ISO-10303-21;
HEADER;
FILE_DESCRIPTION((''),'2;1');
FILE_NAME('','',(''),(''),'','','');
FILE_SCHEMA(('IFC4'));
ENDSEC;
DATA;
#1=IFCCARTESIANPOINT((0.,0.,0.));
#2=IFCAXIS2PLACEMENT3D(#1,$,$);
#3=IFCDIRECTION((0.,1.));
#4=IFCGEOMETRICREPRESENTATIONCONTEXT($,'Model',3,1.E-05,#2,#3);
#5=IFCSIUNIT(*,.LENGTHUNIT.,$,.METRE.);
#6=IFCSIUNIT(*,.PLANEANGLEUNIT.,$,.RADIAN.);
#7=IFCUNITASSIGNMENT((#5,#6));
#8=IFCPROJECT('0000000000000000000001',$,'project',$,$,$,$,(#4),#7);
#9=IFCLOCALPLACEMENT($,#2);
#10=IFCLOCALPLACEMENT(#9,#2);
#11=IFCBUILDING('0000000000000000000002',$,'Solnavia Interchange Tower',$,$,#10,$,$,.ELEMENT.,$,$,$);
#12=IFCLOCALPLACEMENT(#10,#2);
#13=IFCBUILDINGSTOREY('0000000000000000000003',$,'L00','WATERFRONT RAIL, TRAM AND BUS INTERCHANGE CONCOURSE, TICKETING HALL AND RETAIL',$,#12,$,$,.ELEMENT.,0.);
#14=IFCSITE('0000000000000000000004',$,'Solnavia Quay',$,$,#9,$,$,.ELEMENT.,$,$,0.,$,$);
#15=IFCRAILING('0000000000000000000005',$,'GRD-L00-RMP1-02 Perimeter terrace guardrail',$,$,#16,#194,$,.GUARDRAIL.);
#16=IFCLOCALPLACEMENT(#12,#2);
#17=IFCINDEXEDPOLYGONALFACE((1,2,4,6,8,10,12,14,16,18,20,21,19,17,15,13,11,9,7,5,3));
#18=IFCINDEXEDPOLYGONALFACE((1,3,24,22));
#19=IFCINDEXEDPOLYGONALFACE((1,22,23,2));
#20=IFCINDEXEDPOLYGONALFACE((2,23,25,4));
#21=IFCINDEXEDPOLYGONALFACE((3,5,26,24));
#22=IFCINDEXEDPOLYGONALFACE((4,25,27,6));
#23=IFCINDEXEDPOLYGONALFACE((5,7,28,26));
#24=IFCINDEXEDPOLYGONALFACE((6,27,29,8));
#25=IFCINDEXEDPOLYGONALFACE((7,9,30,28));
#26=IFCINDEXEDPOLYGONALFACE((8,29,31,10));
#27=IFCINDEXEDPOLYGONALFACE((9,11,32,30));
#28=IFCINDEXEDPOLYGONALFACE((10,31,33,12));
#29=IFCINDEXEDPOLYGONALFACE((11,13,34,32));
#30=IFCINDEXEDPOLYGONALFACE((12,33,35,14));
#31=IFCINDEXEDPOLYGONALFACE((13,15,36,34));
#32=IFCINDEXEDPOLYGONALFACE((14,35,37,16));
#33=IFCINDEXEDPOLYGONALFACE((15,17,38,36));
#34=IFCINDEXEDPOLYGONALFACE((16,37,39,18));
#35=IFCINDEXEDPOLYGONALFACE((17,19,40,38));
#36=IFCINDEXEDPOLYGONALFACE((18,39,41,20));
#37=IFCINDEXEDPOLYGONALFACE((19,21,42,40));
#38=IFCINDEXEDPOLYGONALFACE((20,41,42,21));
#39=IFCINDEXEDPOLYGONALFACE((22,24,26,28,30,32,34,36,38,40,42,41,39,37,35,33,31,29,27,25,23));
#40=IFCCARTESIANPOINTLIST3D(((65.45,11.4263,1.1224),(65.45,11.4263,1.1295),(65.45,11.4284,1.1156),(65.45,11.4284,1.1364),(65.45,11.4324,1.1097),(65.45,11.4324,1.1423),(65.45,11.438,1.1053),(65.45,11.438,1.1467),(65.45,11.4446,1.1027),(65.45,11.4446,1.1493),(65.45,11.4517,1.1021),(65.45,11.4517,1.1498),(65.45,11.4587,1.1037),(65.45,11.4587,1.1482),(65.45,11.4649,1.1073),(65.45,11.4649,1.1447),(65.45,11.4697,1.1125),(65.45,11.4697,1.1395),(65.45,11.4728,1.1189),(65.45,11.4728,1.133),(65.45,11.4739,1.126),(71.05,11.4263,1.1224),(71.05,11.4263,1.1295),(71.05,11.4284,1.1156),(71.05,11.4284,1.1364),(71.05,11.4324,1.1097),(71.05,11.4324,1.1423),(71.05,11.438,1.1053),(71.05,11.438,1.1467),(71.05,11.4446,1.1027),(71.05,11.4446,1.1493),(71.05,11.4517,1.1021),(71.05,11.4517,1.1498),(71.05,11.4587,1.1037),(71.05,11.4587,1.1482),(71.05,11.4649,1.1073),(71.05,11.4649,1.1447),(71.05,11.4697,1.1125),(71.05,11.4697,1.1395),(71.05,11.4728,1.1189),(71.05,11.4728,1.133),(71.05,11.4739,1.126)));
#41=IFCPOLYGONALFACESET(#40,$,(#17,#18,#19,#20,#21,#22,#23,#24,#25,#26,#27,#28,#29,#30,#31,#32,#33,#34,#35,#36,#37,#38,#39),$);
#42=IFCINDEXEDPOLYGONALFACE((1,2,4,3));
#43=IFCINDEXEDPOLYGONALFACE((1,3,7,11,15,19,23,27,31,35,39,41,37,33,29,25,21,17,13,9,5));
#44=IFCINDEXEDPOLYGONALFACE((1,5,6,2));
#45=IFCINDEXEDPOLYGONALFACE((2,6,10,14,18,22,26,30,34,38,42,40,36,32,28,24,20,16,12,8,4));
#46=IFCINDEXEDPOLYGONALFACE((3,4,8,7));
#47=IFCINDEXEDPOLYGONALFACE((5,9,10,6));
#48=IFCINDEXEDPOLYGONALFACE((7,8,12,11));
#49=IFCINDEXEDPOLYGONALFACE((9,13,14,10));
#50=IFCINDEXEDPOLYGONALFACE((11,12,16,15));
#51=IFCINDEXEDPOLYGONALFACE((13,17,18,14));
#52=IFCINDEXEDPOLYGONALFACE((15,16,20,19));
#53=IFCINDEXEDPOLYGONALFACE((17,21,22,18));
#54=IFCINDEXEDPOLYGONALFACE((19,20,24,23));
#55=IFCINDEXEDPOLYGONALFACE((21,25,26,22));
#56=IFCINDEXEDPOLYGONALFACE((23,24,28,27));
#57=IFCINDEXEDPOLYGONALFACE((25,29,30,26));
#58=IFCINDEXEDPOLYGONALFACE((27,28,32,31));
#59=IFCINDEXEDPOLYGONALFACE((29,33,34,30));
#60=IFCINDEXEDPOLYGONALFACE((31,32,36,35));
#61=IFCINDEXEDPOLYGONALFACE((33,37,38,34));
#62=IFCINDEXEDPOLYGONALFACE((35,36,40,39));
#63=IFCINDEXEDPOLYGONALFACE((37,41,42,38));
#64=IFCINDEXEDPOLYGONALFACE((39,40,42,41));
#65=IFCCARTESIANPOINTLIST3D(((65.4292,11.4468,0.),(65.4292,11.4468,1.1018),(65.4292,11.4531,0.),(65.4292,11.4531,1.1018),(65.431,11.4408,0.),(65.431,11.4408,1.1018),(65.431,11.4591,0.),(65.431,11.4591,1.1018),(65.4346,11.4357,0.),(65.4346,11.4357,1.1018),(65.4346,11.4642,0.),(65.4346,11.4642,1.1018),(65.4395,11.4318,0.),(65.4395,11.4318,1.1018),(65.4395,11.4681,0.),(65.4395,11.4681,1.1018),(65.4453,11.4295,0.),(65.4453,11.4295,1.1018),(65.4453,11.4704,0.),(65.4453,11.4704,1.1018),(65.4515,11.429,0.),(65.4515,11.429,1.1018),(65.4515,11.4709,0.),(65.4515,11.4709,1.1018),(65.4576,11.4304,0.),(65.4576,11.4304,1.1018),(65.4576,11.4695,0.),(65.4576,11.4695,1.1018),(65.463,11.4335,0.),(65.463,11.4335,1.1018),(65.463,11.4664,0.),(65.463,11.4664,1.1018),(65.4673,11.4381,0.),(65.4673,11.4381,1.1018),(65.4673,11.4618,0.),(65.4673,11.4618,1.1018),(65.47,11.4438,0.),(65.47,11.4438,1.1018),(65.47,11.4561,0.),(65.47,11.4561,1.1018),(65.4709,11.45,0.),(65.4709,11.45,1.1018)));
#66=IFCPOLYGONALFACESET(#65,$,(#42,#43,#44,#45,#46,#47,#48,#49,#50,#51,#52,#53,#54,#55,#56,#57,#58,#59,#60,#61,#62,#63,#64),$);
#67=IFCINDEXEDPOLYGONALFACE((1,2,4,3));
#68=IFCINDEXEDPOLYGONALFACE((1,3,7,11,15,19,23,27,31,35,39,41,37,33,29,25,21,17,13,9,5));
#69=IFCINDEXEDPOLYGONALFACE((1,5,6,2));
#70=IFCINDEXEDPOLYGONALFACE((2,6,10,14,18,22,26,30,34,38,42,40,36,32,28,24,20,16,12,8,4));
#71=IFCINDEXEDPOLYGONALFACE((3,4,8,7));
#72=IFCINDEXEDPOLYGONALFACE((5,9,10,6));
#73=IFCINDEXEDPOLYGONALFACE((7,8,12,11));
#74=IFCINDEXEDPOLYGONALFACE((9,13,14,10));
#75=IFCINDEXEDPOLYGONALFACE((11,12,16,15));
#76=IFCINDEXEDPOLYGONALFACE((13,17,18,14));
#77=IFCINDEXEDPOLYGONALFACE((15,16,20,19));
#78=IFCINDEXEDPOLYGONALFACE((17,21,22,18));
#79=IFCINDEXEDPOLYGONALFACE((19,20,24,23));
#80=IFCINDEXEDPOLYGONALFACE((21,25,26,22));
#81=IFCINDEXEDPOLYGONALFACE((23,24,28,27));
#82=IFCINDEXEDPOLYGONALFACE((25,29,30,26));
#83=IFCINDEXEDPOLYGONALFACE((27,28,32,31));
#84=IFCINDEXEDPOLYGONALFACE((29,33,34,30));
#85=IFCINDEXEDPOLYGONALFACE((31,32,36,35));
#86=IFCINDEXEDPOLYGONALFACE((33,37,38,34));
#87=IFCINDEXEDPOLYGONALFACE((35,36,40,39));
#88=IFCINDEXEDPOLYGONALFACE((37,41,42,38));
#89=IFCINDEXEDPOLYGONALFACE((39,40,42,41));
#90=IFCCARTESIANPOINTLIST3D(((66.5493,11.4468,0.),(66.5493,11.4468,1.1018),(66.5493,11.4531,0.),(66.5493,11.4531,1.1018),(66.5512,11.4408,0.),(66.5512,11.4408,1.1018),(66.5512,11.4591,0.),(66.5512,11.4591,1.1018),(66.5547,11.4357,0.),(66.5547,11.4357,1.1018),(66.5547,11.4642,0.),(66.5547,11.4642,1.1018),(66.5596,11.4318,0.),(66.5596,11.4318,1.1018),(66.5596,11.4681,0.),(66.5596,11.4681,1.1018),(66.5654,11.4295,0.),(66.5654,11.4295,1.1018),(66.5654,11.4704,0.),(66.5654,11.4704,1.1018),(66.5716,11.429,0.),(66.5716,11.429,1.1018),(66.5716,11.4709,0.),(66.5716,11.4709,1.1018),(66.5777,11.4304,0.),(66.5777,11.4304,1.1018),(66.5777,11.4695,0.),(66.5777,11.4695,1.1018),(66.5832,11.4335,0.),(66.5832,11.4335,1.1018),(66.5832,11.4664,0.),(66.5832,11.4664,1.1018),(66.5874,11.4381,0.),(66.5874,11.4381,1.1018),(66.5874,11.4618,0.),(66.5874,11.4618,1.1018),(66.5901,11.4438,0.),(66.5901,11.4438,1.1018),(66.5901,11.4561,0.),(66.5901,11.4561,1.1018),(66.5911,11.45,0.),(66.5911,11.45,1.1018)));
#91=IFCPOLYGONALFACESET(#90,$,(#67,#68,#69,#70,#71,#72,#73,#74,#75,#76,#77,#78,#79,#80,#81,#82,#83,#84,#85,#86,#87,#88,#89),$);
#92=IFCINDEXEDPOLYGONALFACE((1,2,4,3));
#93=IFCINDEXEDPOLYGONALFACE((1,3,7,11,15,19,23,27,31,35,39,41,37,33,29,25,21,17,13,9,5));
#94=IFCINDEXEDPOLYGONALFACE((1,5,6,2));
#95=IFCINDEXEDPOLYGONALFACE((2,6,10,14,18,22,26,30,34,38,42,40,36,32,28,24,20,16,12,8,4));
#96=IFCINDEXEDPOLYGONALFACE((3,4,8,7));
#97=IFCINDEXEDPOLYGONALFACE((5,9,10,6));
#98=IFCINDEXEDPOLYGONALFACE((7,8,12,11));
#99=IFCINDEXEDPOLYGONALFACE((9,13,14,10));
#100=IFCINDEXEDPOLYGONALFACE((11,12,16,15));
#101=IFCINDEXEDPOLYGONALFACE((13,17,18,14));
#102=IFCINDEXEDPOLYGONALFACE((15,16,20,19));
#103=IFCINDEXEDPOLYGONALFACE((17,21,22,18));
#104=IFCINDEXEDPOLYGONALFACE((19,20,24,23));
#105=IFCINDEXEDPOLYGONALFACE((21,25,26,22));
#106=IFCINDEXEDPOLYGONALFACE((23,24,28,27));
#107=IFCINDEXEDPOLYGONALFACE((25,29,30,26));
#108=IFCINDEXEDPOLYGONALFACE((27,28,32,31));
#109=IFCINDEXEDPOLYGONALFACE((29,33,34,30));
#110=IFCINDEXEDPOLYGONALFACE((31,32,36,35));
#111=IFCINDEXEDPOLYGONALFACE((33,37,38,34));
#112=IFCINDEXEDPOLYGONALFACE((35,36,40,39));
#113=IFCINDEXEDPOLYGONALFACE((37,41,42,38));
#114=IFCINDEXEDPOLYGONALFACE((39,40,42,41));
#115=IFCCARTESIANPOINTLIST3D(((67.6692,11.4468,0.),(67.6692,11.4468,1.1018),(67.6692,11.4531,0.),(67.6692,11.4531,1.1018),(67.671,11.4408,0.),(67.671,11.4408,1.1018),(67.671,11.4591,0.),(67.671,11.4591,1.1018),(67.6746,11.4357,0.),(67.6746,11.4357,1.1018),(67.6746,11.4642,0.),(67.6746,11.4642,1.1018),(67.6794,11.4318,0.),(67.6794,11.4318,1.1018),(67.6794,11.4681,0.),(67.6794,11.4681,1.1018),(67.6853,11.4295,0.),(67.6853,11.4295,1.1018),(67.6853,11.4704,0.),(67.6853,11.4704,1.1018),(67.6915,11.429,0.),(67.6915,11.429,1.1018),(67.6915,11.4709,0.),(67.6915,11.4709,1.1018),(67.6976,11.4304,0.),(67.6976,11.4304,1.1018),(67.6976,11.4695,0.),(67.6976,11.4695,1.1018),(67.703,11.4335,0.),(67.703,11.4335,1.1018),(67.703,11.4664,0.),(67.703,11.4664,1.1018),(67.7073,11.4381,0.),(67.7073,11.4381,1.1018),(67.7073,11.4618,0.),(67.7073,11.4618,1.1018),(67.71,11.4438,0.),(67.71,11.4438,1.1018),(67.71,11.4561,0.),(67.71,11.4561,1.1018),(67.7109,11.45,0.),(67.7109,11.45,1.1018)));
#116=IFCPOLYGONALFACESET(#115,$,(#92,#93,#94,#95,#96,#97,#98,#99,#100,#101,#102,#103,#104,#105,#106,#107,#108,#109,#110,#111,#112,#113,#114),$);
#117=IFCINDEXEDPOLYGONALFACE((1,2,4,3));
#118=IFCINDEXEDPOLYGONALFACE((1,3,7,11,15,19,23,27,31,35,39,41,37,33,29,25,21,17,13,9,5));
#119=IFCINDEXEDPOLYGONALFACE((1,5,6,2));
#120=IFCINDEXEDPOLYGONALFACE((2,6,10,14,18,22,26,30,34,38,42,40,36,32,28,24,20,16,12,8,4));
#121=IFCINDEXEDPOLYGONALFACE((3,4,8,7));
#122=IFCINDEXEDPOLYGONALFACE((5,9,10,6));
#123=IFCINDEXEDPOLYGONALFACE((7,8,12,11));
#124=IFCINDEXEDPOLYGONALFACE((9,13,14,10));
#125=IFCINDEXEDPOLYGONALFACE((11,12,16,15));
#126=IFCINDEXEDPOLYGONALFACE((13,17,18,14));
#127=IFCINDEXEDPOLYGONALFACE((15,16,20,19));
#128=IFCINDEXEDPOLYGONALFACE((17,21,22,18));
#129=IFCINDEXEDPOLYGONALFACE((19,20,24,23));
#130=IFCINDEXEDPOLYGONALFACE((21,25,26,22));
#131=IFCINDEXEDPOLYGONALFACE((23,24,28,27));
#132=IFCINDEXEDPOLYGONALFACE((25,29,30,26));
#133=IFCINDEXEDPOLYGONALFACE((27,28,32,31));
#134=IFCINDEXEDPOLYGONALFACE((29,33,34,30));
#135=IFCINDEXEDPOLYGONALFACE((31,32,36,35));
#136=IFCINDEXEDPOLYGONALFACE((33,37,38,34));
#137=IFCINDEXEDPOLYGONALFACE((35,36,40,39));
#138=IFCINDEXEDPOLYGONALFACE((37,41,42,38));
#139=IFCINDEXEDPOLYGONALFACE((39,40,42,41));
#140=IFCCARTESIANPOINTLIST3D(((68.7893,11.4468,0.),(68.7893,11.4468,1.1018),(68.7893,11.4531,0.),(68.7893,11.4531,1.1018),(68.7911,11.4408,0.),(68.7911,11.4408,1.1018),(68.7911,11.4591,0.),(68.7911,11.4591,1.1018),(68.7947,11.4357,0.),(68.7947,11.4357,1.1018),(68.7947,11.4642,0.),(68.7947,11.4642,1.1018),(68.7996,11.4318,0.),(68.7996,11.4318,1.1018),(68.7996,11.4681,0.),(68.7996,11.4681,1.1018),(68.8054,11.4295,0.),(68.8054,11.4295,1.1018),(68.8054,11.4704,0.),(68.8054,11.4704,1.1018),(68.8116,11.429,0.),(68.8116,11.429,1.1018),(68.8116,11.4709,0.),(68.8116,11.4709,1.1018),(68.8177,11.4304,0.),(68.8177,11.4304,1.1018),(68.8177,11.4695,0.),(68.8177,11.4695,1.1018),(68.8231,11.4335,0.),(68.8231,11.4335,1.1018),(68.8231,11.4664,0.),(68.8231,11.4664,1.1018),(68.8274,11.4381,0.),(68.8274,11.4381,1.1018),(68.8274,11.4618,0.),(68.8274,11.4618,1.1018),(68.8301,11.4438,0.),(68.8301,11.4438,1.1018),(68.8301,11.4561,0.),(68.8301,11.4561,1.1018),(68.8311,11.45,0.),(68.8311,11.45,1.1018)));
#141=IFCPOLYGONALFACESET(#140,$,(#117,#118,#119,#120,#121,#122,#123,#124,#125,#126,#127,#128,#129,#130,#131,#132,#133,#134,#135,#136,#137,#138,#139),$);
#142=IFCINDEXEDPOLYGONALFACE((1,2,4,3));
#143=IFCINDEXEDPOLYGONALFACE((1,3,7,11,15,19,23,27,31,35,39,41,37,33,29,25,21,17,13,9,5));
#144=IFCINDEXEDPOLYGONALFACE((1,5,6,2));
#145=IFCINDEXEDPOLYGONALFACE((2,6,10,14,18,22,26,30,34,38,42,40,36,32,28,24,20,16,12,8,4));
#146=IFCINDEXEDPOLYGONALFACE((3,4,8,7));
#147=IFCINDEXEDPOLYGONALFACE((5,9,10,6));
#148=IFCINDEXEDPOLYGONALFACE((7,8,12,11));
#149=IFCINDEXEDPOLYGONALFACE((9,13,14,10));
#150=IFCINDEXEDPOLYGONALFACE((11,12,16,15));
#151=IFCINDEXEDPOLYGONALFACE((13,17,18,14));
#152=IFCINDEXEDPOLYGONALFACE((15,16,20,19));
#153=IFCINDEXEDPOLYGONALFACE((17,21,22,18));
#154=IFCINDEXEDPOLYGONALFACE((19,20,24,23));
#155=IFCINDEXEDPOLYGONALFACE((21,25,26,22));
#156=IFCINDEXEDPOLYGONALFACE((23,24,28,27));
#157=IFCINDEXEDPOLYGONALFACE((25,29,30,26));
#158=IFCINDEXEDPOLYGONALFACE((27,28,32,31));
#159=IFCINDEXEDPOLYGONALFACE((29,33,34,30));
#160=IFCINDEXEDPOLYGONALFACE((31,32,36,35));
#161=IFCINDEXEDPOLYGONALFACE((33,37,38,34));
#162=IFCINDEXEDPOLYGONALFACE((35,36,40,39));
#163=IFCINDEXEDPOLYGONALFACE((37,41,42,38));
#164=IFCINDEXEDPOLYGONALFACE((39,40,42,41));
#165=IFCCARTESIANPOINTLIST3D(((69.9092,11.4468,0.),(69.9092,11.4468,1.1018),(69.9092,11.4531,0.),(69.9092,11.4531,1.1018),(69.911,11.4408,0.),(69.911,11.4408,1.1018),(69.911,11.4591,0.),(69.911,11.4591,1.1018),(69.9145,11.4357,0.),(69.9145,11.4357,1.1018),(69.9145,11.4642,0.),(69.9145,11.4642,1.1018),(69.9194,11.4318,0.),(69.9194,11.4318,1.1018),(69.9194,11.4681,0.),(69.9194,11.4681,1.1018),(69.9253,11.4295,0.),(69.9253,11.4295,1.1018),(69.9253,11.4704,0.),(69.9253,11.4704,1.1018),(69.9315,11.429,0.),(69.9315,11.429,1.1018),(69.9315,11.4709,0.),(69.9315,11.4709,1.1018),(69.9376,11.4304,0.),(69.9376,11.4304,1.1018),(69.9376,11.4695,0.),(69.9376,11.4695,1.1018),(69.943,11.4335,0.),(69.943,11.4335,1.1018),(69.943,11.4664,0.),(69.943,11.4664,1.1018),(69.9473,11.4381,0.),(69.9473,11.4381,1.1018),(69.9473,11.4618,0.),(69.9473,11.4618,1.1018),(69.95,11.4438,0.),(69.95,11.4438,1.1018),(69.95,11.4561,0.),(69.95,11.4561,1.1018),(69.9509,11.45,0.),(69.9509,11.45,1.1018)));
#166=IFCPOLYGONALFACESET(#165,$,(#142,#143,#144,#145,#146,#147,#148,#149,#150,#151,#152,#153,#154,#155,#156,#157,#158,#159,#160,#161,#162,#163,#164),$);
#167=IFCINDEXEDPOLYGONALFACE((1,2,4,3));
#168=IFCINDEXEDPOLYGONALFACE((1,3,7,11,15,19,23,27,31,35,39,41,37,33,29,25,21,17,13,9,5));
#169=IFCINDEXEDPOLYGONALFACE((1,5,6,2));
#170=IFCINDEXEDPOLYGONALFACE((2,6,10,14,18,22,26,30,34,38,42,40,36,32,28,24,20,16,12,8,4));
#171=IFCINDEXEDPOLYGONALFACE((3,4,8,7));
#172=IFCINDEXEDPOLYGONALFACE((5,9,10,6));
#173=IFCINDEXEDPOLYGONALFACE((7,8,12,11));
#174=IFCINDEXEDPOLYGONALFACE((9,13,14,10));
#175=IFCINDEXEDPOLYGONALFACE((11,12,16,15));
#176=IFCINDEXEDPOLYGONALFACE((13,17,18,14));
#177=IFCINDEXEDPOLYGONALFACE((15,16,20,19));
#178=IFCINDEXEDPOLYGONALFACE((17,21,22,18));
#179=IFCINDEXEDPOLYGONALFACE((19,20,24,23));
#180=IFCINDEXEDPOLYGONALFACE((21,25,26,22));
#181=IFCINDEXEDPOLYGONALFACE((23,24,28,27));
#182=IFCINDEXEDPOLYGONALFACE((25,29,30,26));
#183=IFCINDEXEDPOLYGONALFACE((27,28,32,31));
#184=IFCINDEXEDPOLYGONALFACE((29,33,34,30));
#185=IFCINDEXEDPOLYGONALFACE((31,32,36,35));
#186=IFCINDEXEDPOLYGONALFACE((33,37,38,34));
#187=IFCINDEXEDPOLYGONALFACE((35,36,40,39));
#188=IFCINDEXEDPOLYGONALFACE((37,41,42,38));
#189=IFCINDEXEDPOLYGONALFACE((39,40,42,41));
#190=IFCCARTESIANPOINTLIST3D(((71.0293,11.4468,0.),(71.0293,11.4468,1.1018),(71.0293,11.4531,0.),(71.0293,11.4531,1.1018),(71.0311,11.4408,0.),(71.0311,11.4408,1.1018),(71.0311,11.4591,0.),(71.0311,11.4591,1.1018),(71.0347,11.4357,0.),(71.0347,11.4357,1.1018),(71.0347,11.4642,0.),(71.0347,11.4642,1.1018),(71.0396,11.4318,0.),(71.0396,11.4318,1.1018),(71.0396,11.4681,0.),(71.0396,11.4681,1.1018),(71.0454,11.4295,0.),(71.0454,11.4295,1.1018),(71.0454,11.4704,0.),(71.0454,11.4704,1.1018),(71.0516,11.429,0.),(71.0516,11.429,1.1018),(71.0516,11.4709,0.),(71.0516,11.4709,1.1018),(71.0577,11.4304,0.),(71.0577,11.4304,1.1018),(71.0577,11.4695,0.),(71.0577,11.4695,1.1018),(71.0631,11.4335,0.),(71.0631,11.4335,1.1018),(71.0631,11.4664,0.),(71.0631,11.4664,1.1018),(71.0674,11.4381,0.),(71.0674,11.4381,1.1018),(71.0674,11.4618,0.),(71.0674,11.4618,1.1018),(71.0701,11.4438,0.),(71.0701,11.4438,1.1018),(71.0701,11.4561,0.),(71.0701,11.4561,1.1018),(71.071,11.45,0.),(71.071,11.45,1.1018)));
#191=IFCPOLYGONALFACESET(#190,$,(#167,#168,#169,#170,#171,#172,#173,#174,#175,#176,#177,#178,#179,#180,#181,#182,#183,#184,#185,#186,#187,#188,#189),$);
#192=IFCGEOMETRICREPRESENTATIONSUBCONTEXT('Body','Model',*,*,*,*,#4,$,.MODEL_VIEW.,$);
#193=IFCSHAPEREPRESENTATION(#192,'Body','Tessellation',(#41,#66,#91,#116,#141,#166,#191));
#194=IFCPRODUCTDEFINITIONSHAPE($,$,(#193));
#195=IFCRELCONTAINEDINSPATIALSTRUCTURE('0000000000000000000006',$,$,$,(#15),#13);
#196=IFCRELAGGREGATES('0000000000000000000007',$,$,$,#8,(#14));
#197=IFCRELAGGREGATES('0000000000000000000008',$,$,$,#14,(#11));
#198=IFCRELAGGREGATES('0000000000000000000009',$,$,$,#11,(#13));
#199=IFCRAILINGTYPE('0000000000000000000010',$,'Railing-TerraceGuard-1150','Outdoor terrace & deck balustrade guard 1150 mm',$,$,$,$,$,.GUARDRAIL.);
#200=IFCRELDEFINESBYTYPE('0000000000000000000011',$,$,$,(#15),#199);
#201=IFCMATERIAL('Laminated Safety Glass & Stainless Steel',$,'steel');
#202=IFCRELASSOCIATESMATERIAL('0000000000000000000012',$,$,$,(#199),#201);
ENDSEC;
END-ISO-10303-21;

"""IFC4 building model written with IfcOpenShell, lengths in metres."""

from ifc_helpers import new_model, si_unit, direction, frame, origin, origin_2d, place, context, subcontext, project, spatial, circle, extrude, material, type_object, element, save


model = new_model("IFC4")

# Units and contexts
model_context = context("Model", 3, precision=1e-05, world=origin(), true_north=direction((0.0, 1.0)))
body_context = subcontext(model_context, "Body", "Model", "MODEL_VIEW")
ifc_project = project(units=[si_unit("LENGTHUNIT", "METRE"), si_unit("PLANEANGLEUNIT", "RADIAN")], contexts=[model_context])

# Site, building, storey
site_placement = place(None, origin())
site = spatial("IfcSite", under=ifc_project, at=site_placement, Name="Solnavia Quay", CompositionType="ELEMENT", RefElevation=0.0)
building_placement = place(site_placement, origin())
building = spatial("IfcBuilding", under=site, at=building_placement, Name="Solnavia Interchange Tower", CompositionType="ELEMENT")
storey_placement = place(building_placement, origin())
storey = spatial("IfcBuildingStorey", under=building, at=storey_placement, Name="L00", Description="WATERFRONT RAIL, TRAM AND BUS INTERCHANGE CONCOURSE, TICKETING HALL AND RETAIL", CompositionType="ELEMENT", Elevation=0.0)

# Railing
ifc_material_1 = material(Name="Laminated Safety Glass & Stainless Steel", Category="steel")
railing_type = type_object("IfcRailingType", Name="Railing-TerraceGuard-1150", Description="Outdoor terrace & deck balustrade guard 1150 mm", PredefinedType="GUARDRAIL", material=ifc_material_1)
railing_1_placement = place(storey_placement, frame((65.45, 11.45, 0.0)))
element("IfcRailing", 1, at=railing_1_placement, inside=storey, type_object=railing_type, Name="GRD-L00-RMP1-02 Perimeter terrace guardrail", PredefinedType="GUARDRAIL", context=body_context, shape_type="SweptSolid", body=[
    extrude(circle(Radius=0.0239, at=origin_2d()), frame((0.0, 0.0, 1.126), z_axis=(1.0, 0.0, 0.0), x_axis=(0.0, 1.0, 0.0)), (0.0, 0.0, 1.0), 5.6001),
    extrude(circle(Radius=0.021, at=origin_2d()), origin(), (0.0, 0.0, 1.0), 1.1018),
    extrude(circle(Radius=0.021, at=origin_2d()), frame((1.1201, 0.0, 0.0)), (0.0, 0.0, 1.0), 1.1018),
    extrude(circle(Radius=0.021, at=origin_2d()), frame((2.24, 0.0, 0.0)), (0.0, 0.0, 1.0), 1.1018),
    extrude(circle(Radius=0.021, at=origin_2d()), frame((3.3601, 0.0, 0.0)), (0.0, 0.0, 1.0), 1.1018),
    extrude(circle(Radius=0.021, at=origin_2d()), frame((4.48, 0.0, 0.0)), (0.0, 0.0, 1.0), 1.1018),
    extrude(circle(Radius=0.021, at=origin_2d()), frame((5.6001, 0.0, 0.0)), (0.0, 0.0, 1.0), 1.1018),
])

save(model, "model.ifc")
